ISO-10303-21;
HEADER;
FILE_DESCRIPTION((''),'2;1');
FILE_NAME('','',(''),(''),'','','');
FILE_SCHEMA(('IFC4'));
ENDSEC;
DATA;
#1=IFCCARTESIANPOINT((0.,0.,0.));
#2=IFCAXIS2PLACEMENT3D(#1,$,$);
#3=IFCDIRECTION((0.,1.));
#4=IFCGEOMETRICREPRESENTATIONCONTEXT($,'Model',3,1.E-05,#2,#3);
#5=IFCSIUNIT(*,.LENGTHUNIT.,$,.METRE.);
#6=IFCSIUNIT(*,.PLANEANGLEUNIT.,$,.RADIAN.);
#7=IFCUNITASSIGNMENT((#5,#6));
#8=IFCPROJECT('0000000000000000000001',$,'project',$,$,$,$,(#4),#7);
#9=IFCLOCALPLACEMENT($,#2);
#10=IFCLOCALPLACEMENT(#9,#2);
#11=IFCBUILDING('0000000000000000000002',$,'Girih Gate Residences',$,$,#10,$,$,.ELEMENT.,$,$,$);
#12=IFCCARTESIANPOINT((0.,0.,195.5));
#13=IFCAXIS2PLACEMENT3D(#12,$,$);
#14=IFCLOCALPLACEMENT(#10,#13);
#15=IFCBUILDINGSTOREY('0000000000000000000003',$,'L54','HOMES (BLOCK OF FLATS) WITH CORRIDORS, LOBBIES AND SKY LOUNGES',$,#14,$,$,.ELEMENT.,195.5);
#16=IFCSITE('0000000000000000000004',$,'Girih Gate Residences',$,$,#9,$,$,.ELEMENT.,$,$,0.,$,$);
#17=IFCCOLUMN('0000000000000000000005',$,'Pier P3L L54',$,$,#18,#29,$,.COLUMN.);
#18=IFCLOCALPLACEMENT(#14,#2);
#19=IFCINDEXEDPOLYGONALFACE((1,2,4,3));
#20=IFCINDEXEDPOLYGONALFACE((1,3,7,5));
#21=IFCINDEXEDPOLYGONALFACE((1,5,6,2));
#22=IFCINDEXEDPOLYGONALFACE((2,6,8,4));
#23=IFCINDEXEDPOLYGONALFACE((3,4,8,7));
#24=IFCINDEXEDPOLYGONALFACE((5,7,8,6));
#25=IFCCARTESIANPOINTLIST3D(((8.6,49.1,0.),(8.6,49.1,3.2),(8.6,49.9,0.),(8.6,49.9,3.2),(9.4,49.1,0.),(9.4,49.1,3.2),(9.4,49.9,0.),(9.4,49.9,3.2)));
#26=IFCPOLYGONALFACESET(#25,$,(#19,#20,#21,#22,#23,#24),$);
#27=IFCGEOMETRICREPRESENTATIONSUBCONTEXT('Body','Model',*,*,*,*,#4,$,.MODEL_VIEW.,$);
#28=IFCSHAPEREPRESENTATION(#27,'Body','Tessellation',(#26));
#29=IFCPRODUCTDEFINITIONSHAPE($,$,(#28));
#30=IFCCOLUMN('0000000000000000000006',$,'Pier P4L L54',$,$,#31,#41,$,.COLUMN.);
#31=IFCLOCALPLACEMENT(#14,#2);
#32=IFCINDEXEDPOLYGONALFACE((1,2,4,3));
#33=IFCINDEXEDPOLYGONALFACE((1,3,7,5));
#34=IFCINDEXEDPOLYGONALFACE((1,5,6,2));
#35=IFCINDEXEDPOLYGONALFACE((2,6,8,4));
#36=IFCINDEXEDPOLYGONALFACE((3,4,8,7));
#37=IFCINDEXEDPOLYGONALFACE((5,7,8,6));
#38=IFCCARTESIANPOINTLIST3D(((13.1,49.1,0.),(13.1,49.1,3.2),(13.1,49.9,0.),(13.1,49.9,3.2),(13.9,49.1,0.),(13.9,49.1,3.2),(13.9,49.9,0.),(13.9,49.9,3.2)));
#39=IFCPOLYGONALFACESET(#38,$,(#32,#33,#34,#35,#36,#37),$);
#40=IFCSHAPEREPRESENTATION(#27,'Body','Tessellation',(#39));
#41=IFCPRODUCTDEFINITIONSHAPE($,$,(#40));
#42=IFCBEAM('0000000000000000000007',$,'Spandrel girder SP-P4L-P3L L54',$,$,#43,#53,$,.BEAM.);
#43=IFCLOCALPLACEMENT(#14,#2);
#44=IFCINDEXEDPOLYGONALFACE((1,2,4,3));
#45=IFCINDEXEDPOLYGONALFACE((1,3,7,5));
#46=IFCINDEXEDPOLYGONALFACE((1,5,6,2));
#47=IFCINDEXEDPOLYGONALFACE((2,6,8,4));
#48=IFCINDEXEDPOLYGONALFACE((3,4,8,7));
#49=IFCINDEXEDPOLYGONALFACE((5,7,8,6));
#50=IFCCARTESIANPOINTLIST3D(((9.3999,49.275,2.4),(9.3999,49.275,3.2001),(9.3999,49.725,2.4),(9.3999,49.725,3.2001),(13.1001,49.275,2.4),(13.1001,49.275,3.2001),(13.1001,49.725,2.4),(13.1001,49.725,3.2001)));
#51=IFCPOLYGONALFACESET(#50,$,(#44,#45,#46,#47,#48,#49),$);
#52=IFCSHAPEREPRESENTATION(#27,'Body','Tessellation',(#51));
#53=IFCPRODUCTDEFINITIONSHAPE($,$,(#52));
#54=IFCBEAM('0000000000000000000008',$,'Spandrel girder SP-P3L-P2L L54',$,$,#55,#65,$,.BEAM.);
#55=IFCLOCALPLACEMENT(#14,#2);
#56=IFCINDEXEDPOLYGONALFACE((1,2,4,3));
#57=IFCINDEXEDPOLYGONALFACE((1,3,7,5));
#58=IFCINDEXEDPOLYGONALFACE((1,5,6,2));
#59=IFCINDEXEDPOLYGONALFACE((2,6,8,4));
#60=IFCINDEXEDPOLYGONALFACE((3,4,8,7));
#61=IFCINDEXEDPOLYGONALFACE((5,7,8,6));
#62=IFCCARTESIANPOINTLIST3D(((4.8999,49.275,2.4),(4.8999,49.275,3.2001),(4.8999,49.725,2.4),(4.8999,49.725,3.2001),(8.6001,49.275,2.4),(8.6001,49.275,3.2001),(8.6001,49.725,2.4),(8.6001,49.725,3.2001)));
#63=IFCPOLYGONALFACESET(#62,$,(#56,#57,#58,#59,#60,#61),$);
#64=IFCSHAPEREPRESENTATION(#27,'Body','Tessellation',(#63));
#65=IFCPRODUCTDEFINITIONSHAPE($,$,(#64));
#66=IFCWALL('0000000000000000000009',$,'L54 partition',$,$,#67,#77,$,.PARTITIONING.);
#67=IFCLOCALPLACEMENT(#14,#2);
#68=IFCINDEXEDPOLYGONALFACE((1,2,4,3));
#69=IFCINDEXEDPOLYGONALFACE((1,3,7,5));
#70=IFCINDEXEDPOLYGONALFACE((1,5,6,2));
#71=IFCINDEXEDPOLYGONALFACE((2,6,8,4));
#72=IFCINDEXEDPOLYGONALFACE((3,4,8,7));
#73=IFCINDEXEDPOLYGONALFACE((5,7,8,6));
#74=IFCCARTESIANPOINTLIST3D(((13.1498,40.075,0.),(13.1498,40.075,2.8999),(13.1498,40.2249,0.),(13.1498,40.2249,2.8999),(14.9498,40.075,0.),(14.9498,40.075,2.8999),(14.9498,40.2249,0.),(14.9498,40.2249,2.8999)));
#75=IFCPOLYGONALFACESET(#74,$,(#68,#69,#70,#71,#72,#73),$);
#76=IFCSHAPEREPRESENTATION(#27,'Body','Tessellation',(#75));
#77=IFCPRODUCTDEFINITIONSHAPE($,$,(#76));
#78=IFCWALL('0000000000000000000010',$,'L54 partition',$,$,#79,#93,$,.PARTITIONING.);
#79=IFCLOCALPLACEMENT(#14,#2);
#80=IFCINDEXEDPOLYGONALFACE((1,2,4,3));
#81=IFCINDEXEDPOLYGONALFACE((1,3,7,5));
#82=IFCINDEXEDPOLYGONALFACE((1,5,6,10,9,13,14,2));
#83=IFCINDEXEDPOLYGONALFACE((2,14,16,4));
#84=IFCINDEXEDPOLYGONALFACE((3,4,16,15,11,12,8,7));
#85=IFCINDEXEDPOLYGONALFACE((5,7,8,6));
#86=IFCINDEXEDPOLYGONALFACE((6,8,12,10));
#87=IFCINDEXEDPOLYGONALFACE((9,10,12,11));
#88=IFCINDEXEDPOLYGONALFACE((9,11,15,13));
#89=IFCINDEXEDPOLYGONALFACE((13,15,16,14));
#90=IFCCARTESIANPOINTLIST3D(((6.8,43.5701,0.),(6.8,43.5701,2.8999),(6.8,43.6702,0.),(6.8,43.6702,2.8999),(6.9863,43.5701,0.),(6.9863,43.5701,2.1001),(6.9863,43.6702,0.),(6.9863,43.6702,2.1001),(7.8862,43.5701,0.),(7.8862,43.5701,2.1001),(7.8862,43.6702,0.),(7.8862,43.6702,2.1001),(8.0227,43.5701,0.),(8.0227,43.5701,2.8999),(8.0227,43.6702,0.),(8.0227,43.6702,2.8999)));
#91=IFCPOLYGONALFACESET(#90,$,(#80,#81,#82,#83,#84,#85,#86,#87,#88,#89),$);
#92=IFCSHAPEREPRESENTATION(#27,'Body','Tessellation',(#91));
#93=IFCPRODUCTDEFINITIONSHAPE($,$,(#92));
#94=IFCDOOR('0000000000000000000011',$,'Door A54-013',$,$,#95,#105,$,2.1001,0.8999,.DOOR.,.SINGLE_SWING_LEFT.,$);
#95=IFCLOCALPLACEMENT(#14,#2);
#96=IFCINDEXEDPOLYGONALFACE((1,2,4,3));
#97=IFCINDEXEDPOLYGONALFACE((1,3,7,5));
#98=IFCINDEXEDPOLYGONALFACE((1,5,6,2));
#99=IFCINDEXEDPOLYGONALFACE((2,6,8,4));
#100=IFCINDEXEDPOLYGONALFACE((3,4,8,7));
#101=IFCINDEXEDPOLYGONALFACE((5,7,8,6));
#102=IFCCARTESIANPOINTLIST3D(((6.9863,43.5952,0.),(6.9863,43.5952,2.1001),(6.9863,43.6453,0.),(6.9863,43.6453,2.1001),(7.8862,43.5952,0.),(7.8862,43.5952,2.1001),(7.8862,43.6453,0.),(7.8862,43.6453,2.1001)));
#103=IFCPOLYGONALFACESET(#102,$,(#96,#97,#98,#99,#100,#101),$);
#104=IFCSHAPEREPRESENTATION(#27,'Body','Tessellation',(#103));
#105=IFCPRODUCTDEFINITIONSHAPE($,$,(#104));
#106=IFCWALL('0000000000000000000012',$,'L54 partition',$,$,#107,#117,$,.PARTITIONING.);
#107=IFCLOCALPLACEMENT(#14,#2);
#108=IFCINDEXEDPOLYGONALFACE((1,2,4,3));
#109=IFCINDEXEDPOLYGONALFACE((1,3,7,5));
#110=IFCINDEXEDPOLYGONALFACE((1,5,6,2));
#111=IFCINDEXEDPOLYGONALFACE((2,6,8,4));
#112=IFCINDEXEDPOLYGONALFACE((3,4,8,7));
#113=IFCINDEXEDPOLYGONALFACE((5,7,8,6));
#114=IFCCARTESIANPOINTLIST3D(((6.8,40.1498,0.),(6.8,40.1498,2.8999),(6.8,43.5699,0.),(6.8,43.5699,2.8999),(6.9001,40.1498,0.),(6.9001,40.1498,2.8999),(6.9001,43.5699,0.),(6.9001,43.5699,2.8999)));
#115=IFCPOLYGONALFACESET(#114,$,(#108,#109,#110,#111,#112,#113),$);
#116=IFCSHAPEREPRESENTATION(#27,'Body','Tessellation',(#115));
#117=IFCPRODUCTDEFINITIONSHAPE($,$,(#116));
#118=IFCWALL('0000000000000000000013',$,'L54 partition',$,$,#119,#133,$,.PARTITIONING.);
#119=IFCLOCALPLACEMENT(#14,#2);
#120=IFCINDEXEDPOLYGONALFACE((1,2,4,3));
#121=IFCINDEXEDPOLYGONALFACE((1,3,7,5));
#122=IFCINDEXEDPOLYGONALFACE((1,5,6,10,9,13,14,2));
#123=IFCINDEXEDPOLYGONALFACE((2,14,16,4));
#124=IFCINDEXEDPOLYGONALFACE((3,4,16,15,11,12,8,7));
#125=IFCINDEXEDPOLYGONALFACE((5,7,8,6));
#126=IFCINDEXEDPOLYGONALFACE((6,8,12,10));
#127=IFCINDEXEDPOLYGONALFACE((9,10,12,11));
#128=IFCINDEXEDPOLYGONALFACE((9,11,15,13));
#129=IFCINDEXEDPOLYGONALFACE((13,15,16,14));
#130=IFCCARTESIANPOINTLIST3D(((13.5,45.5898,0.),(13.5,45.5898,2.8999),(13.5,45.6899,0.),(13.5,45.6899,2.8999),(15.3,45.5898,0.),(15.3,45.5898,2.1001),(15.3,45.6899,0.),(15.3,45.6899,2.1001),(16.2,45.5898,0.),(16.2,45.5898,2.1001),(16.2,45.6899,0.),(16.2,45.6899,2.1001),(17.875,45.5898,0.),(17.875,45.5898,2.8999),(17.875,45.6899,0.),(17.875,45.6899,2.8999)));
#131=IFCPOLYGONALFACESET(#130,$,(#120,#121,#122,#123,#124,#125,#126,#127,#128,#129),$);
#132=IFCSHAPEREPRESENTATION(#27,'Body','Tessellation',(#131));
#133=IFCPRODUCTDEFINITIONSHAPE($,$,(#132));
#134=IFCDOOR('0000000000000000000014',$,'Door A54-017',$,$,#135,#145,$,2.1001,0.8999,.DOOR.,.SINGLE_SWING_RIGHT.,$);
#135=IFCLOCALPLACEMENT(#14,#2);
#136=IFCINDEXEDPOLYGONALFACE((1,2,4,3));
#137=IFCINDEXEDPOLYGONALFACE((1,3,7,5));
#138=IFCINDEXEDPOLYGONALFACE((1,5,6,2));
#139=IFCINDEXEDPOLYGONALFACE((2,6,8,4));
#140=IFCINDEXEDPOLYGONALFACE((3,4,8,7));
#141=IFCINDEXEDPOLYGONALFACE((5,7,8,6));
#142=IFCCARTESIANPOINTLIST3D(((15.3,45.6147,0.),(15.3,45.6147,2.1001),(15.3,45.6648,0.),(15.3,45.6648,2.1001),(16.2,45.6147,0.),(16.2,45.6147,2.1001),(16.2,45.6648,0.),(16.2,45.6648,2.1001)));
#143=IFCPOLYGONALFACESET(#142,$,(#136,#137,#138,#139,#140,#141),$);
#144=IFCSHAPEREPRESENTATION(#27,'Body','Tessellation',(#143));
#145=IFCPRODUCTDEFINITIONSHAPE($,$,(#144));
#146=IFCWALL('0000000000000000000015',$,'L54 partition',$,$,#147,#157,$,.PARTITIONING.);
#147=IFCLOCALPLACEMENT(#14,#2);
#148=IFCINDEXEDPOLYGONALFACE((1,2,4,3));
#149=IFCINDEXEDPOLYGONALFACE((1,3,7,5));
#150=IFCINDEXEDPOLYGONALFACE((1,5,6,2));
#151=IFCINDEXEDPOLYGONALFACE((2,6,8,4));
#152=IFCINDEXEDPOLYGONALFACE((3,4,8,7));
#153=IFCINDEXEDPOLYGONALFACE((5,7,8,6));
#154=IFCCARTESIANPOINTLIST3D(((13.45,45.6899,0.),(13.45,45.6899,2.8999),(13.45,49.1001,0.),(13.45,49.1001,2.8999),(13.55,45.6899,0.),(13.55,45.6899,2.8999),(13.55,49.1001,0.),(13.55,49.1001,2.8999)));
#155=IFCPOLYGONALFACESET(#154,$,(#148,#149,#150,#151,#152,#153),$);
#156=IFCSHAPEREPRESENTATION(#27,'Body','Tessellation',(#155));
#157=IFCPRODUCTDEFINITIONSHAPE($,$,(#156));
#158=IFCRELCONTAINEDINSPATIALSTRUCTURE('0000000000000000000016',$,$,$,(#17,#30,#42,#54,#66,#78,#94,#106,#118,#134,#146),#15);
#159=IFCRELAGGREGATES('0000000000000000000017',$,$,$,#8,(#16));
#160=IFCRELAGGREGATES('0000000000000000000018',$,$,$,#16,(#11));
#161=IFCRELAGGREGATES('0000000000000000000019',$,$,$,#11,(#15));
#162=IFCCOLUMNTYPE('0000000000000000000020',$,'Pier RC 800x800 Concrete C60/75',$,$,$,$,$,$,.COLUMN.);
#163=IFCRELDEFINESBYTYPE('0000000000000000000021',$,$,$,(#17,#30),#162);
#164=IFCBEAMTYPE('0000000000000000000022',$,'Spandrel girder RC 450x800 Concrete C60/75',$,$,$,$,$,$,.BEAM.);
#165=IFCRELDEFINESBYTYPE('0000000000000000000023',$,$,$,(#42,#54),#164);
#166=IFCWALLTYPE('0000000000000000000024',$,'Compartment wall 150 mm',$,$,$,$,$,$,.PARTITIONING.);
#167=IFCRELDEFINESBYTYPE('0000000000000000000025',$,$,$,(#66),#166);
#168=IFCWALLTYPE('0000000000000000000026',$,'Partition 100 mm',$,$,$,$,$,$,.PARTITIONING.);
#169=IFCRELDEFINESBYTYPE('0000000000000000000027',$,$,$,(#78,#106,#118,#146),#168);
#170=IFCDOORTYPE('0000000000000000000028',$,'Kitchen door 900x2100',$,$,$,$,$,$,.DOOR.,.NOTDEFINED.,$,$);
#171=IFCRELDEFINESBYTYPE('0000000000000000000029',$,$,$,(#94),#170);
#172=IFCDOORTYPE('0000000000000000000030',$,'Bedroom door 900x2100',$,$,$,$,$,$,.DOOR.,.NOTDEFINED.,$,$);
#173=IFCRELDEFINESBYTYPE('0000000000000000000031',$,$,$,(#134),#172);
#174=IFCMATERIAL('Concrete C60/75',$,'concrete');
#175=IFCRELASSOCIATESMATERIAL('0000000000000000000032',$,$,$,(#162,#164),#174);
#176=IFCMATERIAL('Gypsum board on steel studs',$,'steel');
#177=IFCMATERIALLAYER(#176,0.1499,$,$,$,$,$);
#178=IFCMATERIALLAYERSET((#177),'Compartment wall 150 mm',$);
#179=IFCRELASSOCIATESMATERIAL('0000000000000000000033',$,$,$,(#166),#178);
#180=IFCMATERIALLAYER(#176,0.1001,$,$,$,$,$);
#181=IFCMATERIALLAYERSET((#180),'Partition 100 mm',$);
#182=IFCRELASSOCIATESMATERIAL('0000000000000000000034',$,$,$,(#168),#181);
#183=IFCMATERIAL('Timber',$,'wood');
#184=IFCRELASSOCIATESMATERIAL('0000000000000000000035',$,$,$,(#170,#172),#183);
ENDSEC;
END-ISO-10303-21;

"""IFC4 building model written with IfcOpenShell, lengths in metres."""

from ifc_helpers import new_model, si_unit, direction, frame, frame_2d, origin, origin_2d, place, context, subcontext, project, spatial, rectangle, extrude, material, layer, layer_set, material_profile, profile_set, type_object, element, fill, save


model = new_model("IFC4")

# Units and contexts
model_context = context("Model", 3, precision=1e-05, world=origin(), true_north=direction((0.0, 1.0)))
body_context = subcontext(model_context, "Body", "Model", "MODEL_VIEW")
ifc_project = project(units=[si_unit("LENGTHUNIT", "METRE"), si_unit("PLANEANGLEUNIT", "RADIAN")], contexts=[model_context])

# Site, building, storey
site_placement = place(None, origin())
site = spatial("IfcSite", under=ifc_project, at=site_placement, Name="Girih Gate Residences", CompositionType="ELEMENT", RefElevation=0.0)
building_placement = place(site_placement, origin())
building = spatial("IfcBuilding", under=site, at=building_placement, Name="Girih Gate Residences", CompositionType="ELEMENT")
storey_placement = place(building_placement, frame((0.0, 0.0, 195.5)))
storey = spatial("IfcBuildingStorey", under=building, at=storey_placement, Name="L54", Description="HOMES (BLOCK OF FLATS) WITH CORRIDORS, LOBBIES AND SKY LOUNGES", CompositionType="ELEMENT", Elevation=195.5)

# Columns
ifc_material_1 = material(Name="Concrete C60/75", Category="concrete")
ifc_material_profile_1 = material_profile(ifc_material_1, rectangle(XDim=0.8, YDim=0.8, at=origin_2d()))
ifc_profile_set_1 = profile_set([ifc_material_profile_1], Name="Concrete C60/75")
column_type = type_object("IfcColumnType", Name="Pier RC 800x800 Concrete C60/75", PredefinedType="COLUMN", material=ifc_profile_set_1)
for number, where, z_axis, x_axis, name in (
    (1, (9.0, 49.5, 0.0), (0.0, 0.0, 1.0), (1.0, 0.0, 0.0), "Pier P3L L54"),
    (2, (13.5, 49.5, 0.0), (0.0, 0.0, 1.0), (1.0, 0.0, 0.0), "Pier P4L L54"),
):
    element("IfcColumn", number, at=place(storey_placement, frame(where, z_axis=z_axis, x_axis=x_axis)), inside=storey, type_object=column_type, Name=name, PredefinedType="COLUMN", context=body_context, shape_type="SweptSolid", body=[
        extrude(rectangle(XDim=0.8, YDim=0.8, at=origin_2d()), origin(), (0.0, 0.0, 1.0), 3.2),
    ])

# Beams
ifc_material_profile_2 = material_profile(ifc_material_1, rectangle(XDim=0.45, YDim=0.8, at=origin_2d()))
ifc_profile_set_2 = profile_set([ifc_material_profile_2], Name="Concrete C60/75")
beam_type = type_object("IfcBeamType", Name="Spandrel girder RC 450x800 Concrete C60/75", PredefinedType="BEAM", material=ifc_profile_set_2)
for number, where, z_axis, x_axis, name in (
    (3, (13.1001, 49.5, 2.8), (-1.0, 0.0, 0.0), (0.0, -1.0, 0.0), "Spandrel girder SP-P4L-P3L L54"),
    (4, (8.6001, 49.5, 2.8), (-1.0, 0.0, 0.0), (0.0, -1.0, 0.0), "Spandrel girder SP-P3L-P2L L54"),
):
    element("IfcBeam", number, at=place(storey_placement, frame(where, z_axis=z_axis, x_axis=x_axis)), inside=storey, type_object=beam_type, Name=name, PredefinedType="BEAM", context=body_context, shape_type="SweptSolid", body=[
        extrude(rectangle(XDim=0.45, YDim=0.8, at=origin_2d()), origin(), (0.0, 0.0, 1.0), 3.7002),
    ])

# Wall
ifc_material_2 = material(Name="Gypsum board on steel studs", Category="steel")
ifc_layer_1 = layer(ifc_material_2, 0.1499)
ifc_layer_set_1 = layer_set([ifc_layer_1], Name="Compartment wall 150 mm")
wall_type_1 = type_object("IfcWallType", Name="Compartment wall 150 mm", PredefinedType="PARTITIONING", material=ifc_layer_set_1)
wall_1_placement = place(storey_placement, frame((13.1499, 40.1499, 0.0), z_axis=(0.0, 0.0, 1.0), x_axis=(1.0, 0.0, 0.0)))
element("IfcWall", 5, at=wall_1_placement, inside=storey, type_object=wall_type_1, Name="L54 partition", PredefinedType="PARTITIONING", context=body_context, shape_type="SweptSolid", body=[
    extrude(rectangle(XDim=1.8, YDim=0.1499, at=frame_2d((0.8999, 0.0))), origin(), (0.0, 0.0, 1.0), 2.8999),
])

# Wall, opening, door
ifc_layer_2 = layer(ifc_material_2, 0.1001)
ifc_layer_set_2 = layer_set([ifc_layer_2], Name="Partition 100 mm")
wall_type_2 = type_object("IfcWallType", Name="Partition 100 mm", PredefinedType="PARTITIONING", material=ifc_layer_set_2)
wall_2_placement = place(storey_placement, frame((8.0227, 43.6201, 0.0), z_axis=(0.0, 0.0, 1.0), x_axis=(-1.0, 0.0, 0.0)))
wall_2 = element("IfcWall", 6, at=wall_2_placement, inside=storey, type_object=wall_type_2, Name="L54 partition", PredefinedType="PARTITIONING", context=body_context, shape_type="SweptSolid", body=[
    extrude(rectangle(XDim=1.2227, YDim=0.1001, at=frame_2d((0.6113, 0.0))), origin(), (0.0, 0.0, 1.0), 2.8999),
])
opening_1_placement = place(wall_2_placement, frame((0.1365, 0.0, 0.0)))
opening_1 = element("IfcOpeningElement", 7, at=opening_1_placement, cuts=wall_2, PredefinedType="OPENING", context=body_context, shape_type="SweptSolid", body=[
    extrude(rectangle(XDim=0.8999, YDim=2.1001, at=frame_2d((0.45, 1.05))), frame((0.0, 0.0601, 0.0), z_axis=(0.0, -1.0, 0.0), x_axis=(1.0, 0.0, 0.0)), (0.0, 0.0, 1.0), 0.1201),
])
ifc_material_3 = material(Name="Timber", Category="wood")
door_type_1 = type_object("IfcDoorType", Name="Kitchen door 900x2100", OperationType="NOTDEFINED", PredefinedType="DOOR", material=ifc_material_3)
door_1_placement = place(opening_1_placement, origin())
door_1 = element("IfcDoor", 8, at=door_1_placement, inside=storey, type_object=door_type_1, Name="Door A54-013", OperationType="SINGLE_SWING_LEFT", OverallHeight=2.1001, OverallWidth=0.8999, PredefinedType="DOOR", context=body_context, shape_type="SweptSolid", body=[
    extrude(rectangle(XDim=0.8999, YDim=2.1001, at=frame_2d((0.45, 1.05))), frame((0.0, 0.0249, 0.0), z_axis=(0.0, -1.0, 0.0), x_axis=(1.0, 0.0, 0.0)), (0.0, 0.0, 1.0), 0.05),
])
fill(opening_1, door_1)

# Wall
wall_3_placement = place(storey_placement, frame((6.8501, 40.1499, 0.0), z_axis=(0.0, 0.0, 1.0), x_axis=(0.0, 1.0, 0.0)))
element("IfcWall", 9, at=wall_3_placement, inside=storey, type_object=wall_type_2, Name="L54 partition", PredefinedType="PARTITIONING", context=body_context, shape_type="SweptSolid", body=[
    extrude(rectangle(XDim=3.4202, YDim=0.1001, at=frame_2d((1.71, 0.0))), origin(), (0.0, 0.0, 1.0), 2.8999),
])

# Wall, opening, door
wall_4_placement = place(storey_placement, frame((13.5, 45.6399, 0.0), z_axis=(0.0, 0.0, 1.0), x_axis=(1.0, 0.0, 0.0)))
wall_4 = element("IfcWall", 10, at=wall_4_placement, inside=storey, type_object=wall_type_2, Name="L54 partition", PredefinedType="PARTITIONING", context=body_context, shape_type="SweptSolid", body=[
    extrude(rectangle(XDim=4.375, YDim=0.1001, at=frame_2d((2.1875, 0.0))), origin(), (0.0, 0.0, 1.0), 2.8999),
])
opening_2_placement = place(wall_4_placement, frame((1.8, 0.0, 0.0)))
opening_2 = element("IfcOpeningElement", 11, at=opening_2_placement, cuts=wall_4, PredefinedType="OPENING", context=body_context, shape_type="SweptSolid", body=[
    extrude(rectangle(XDim=0.8999, YDim=2.1001, at=frame_2d((0.45, 1.05))), frame((0.0, 0.0601, 0.0), z_axis=(0.0, -1.0, 0.0), x_axis=(1.0, 0.0, 0.0)), (0.0, 0.0, 1.0), 0.1201),
])
door_type_2 = type_object("IfcDoorType", Name="Bedroom door 900x2100", OperationType="NOTDEFINED", PredefinedType="DOOR", material=ifc_material_3)
door_2_placement = place(opening_2_placement, origin())
door_2 = element("IfcDoor", 12, at=door_2_placement, inside=storey, type_object=door_type_2, Name="Door A54-017", OperationType="SINGLE_SWING_RIGHT", OverallHeight=2.1001, OverallWidth=0.8999, PredefinedType="DOOR", context=body_context, shape_type="SweptSolid", body=[
    extrude(rectangle(XDim=0.8999, YDim=2.1001, at=frame_2d((0.45, 1.05))), frame((0.0, 0.0249, 0.0), z_axis=(0.0, -1.0, 0.0), x_axis=(1.0, 0.0, 0.0)), (0.0, 0.0, 1.0), 0.05),
])
fill(opening_2, door_2)

# Wall
wall_5_placement = place(storey_placement, frame((13.5, 45.6899, 0.0), z_axis=(0.0, 0.0, 1.0), x_axis=(0.0, 1.0, 0.0)))
element("IfcWall", 13, at=wall_5_placement, inside=storey, type_object=wall_type_2, Name="L54 partition", PredefinedType="PARTITIONING", context=body_context, shape_type="SweptSolid", body=[
    extrude(rectangle(XDim=3.4102, YDim=0.1001, at=frame_2d((1.7051, 0.0))), origin(), (0.0, 0.0, 1.0), 2.8999),
])

save(model, "model.ifc")
